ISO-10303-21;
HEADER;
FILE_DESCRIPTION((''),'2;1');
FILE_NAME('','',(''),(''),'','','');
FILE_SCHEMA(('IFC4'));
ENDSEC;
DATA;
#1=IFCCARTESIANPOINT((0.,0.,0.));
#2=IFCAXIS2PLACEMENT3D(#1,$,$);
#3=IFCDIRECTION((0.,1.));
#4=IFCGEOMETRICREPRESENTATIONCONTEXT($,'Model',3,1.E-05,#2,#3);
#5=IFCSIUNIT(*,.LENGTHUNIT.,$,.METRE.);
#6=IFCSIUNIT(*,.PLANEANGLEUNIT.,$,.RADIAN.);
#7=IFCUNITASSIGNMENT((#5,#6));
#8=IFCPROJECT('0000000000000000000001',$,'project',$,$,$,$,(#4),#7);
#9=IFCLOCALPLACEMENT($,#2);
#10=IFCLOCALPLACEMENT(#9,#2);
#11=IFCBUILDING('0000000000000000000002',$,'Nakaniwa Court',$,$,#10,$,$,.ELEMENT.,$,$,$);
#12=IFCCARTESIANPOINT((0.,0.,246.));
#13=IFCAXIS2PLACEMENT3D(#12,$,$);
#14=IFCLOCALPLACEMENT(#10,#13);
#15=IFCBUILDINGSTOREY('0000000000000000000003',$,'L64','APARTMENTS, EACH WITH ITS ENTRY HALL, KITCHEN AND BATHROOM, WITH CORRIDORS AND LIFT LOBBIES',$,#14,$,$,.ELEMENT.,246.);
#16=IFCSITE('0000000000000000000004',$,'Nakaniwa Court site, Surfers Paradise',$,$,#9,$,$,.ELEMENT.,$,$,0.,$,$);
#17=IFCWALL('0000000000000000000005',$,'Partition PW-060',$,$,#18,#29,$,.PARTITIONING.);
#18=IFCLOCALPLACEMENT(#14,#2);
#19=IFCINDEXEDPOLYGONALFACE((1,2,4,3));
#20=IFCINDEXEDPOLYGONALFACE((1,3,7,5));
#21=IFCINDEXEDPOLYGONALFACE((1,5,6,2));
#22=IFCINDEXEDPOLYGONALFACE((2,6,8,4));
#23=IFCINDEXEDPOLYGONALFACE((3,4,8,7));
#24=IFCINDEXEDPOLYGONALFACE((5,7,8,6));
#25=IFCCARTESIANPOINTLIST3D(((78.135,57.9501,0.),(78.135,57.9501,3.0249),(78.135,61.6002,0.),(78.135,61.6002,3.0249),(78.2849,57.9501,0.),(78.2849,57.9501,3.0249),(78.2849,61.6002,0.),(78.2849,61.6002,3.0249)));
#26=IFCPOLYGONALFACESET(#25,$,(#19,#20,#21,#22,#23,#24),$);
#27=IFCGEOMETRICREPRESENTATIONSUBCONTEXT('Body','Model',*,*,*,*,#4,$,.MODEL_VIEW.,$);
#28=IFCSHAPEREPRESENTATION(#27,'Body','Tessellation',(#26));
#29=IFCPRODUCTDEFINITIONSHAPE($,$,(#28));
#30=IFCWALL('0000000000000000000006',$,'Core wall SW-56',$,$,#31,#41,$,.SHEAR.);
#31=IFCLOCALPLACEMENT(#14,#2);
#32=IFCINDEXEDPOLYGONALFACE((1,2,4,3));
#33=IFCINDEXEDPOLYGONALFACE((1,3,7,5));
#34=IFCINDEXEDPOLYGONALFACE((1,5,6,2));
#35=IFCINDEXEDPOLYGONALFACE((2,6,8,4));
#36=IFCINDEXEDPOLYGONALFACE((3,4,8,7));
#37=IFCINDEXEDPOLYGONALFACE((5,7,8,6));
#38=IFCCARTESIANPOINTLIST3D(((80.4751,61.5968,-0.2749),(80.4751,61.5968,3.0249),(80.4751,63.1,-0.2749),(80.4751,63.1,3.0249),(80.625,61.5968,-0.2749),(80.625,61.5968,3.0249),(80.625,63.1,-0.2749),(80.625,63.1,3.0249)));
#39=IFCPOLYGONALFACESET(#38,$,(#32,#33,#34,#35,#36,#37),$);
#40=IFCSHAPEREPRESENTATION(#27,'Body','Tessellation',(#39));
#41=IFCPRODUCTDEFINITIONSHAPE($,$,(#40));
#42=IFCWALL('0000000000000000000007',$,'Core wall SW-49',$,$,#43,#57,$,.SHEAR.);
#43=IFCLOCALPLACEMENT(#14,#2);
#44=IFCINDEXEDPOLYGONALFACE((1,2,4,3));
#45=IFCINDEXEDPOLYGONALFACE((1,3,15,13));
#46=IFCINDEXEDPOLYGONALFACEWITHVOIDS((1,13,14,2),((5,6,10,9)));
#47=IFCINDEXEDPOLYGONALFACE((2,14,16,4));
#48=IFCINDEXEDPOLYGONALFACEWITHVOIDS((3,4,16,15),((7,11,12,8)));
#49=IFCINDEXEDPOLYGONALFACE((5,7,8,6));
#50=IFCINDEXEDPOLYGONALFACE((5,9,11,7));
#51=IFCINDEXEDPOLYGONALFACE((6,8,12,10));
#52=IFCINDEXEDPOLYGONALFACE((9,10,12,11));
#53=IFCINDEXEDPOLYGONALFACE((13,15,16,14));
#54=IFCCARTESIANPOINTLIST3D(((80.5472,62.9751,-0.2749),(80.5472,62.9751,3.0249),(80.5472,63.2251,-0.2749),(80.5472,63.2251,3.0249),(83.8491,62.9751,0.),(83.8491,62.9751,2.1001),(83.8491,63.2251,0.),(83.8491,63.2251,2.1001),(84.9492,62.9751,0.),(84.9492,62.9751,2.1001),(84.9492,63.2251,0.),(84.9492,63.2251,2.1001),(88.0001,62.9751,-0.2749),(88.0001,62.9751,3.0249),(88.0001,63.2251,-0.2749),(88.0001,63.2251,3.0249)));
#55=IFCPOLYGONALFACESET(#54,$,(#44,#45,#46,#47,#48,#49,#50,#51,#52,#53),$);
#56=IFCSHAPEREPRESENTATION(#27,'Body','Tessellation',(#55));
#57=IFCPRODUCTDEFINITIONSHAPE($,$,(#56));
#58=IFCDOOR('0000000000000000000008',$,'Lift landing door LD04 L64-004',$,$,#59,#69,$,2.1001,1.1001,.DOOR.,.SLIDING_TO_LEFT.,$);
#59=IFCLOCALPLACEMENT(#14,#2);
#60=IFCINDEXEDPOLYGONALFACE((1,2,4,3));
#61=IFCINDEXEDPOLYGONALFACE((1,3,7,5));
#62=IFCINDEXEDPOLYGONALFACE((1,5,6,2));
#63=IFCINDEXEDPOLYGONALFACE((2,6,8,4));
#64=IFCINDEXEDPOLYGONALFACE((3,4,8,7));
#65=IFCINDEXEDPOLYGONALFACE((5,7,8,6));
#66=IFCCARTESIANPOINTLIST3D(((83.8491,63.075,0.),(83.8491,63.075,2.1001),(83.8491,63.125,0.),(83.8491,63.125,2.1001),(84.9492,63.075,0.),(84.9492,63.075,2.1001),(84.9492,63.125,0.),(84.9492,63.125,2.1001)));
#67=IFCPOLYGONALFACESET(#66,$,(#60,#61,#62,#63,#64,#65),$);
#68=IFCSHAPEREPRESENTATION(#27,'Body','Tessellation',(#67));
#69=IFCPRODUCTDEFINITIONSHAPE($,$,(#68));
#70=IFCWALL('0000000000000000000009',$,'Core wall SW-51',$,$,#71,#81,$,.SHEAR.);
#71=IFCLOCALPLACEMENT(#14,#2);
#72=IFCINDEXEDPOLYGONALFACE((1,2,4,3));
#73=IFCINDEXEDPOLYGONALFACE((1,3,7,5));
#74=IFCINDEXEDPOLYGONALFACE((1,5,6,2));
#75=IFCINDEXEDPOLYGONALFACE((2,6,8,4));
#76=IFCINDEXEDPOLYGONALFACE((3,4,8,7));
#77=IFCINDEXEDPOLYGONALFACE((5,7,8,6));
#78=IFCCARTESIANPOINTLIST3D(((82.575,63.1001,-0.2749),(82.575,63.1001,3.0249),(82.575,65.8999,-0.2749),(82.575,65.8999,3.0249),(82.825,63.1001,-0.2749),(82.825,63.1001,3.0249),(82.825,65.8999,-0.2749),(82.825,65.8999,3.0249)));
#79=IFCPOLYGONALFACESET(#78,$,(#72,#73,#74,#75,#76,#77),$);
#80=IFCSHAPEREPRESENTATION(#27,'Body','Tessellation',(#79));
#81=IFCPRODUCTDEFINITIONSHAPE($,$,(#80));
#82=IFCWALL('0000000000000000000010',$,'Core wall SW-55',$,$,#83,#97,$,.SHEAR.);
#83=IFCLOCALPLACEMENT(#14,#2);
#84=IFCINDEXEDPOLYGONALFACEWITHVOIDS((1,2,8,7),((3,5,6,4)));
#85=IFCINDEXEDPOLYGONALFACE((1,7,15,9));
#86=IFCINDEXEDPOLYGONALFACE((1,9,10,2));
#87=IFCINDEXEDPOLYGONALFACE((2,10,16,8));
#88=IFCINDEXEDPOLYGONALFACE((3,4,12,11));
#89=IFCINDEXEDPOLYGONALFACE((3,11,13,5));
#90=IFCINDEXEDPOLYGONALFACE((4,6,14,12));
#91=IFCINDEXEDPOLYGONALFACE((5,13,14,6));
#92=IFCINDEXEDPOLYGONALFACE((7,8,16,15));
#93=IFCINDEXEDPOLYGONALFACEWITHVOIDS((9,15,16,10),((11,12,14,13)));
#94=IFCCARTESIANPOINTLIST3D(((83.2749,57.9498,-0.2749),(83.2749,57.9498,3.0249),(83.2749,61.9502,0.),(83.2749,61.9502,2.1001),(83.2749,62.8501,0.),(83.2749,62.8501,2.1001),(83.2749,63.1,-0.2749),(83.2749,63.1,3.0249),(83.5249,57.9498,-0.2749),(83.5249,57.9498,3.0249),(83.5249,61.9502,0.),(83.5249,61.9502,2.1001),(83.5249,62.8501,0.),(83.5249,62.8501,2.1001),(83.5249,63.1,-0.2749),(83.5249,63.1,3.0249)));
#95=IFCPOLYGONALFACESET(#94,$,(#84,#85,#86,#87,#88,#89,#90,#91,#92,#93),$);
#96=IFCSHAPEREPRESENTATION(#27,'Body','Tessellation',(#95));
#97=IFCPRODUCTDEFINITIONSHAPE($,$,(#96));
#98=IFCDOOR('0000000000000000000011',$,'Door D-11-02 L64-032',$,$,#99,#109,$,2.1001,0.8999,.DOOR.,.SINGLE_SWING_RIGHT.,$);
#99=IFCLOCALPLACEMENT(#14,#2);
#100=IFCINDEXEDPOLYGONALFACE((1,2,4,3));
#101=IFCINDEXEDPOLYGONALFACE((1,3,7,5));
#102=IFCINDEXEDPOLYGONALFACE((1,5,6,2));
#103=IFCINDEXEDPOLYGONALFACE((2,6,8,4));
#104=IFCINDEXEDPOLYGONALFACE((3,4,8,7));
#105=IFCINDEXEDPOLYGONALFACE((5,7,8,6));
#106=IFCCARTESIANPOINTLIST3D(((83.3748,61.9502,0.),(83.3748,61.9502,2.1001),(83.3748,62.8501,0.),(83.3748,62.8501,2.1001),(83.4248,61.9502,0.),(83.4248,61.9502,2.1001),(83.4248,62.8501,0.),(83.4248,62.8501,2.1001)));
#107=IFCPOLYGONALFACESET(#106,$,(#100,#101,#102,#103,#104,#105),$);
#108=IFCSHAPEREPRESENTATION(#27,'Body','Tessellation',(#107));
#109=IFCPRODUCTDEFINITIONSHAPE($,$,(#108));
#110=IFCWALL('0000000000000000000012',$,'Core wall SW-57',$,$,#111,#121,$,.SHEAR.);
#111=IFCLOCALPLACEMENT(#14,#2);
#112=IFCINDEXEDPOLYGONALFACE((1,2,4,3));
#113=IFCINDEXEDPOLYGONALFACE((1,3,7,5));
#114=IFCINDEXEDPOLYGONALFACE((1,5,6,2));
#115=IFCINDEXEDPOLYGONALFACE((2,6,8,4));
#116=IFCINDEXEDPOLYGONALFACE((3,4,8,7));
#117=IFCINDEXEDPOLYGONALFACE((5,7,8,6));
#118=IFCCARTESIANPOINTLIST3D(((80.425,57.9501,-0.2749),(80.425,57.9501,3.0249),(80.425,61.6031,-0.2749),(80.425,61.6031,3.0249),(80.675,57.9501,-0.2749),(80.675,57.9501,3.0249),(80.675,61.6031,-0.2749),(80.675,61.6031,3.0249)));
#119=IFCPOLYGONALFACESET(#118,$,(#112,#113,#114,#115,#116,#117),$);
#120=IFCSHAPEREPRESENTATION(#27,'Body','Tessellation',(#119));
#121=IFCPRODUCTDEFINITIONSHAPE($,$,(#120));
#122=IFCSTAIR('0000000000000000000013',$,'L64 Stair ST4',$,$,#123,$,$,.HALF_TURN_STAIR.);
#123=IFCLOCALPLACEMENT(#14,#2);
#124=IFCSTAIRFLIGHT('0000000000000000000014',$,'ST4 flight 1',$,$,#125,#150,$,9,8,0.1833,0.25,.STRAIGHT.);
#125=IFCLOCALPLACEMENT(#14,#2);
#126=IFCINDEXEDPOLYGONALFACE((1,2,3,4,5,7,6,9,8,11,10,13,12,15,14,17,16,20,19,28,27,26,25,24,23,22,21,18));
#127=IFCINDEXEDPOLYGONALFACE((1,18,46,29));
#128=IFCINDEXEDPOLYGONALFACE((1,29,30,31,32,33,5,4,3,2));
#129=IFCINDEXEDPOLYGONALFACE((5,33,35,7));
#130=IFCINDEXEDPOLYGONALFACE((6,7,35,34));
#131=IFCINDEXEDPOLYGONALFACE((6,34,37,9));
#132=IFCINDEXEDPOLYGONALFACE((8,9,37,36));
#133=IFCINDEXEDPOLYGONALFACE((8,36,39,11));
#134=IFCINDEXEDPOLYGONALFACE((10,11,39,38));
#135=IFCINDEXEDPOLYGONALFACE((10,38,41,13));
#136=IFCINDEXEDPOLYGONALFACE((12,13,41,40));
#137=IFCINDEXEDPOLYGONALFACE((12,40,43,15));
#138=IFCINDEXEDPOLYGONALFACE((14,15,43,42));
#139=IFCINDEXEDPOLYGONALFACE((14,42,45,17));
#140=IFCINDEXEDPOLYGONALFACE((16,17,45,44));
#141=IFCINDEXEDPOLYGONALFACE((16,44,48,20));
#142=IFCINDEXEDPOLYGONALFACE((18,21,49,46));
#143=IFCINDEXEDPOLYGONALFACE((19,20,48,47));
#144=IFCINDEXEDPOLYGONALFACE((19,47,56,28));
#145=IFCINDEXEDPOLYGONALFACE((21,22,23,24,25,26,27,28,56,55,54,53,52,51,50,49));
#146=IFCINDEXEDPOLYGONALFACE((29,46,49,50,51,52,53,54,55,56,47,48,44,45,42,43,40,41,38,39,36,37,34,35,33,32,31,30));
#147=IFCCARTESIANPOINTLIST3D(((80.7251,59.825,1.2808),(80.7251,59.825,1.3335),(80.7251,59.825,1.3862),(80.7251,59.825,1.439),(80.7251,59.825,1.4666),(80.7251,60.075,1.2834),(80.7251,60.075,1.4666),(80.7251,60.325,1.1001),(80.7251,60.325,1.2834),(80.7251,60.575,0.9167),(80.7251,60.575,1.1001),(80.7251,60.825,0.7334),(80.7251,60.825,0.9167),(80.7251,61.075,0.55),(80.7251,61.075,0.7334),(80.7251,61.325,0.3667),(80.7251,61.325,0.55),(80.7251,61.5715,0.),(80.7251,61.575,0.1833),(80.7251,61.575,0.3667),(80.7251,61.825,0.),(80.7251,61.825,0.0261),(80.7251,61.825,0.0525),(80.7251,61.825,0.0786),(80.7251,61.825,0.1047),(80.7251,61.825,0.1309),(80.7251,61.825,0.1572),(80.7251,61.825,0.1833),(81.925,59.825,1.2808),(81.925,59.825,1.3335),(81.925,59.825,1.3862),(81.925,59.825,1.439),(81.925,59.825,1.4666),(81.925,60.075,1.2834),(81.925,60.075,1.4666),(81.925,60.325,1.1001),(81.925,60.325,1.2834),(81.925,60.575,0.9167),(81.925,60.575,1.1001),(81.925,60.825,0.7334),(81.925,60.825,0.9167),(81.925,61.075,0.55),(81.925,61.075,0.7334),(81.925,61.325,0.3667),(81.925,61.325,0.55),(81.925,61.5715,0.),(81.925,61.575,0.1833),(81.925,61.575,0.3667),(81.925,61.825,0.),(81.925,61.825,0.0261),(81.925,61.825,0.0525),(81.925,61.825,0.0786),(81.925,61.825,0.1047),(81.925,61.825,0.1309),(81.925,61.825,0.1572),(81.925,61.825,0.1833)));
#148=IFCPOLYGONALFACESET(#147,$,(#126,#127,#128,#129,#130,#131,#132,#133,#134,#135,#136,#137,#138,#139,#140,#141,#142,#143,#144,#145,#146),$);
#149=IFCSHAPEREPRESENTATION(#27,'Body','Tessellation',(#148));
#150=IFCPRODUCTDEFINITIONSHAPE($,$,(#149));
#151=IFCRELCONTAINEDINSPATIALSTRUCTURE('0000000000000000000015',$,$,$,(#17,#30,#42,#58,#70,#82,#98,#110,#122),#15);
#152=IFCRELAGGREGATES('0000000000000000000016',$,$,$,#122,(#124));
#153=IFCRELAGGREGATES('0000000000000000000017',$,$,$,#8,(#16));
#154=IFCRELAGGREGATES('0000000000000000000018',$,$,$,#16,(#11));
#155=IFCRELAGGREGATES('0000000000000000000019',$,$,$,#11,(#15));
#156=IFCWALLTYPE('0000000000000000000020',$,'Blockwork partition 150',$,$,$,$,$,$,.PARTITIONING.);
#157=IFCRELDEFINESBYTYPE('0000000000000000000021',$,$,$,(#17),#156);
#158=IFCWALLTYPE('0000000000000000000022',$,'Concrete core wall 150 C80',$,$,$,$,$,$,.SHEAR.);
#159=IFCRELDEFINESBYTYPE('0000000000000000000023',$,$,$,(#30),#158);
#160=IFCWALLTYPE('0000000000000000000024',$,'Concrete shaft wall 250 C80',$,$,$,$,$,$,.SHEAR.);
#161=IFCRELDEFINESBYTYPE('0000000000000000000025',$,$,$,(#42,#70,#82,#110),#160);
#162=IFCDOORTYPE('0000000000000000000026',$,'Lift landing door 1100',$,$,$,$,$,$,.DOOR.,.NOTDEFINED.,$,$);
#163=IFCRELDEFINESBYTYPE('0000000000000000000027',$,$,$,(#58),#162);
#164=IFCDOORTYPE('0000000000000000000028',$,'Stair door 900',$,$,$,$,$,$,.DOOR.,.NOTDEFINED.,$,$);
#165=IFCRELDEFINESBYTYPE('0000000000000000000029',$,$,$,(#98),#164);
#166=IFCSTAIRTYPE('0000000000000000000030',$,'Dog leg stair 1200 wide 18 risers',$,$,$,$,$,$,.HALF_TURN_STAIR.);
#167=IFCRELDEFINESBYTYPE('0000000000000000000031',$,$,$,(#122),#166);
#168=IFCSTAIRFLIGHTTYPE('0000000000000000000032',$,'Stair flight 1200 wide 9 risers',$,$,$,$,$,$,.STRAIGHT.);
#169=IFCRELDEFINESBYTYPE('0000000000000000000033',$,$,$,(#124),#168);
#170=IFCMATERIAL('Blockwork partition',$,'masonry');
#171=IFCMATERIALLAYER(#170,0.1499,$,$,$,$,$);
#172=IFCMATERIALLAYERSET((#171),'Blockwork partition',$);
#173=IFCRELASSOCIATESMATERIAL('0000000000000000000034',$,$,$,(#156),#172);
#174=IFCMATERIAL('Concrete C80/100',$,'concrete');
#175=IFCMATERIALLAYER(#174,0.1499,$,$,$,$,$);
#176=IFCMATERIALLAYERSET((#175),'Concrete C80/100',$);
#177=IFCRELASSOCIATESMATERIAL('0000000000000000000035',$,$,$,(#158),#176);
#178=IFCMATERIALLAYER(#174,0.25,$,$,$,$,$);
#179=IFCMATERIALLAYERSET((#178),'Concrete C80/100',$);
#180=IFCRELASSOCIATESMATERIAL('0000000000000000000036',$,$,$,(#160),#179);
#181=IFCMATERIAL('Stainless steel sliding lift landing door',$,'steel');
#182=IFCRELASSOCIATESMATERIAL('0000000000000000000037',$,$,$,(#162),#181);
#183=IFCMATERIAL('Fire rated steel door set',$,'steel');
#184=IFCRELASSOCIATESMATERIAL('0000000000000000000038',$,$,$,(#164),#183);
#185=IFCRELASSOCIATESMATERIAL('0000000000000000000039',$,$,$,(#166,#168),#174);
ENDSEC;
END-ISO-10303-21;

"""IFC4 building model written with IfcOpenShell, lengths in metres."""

from ifc_helpers import new_model, si_unit, direction, frame, frame_2d, origin, place, context, subcontext, project, spatial, polyline, rectangle, outline, extrude, material, layer, layer_set, type_object, element, fill, aggregate, save


model = new_model("IFC4")

# Units and contexts
model_context = context("Model", 3, precision=1e-05, world=origin(), true_north=direction((0.0, 1.0)))
body_context = subcontext(model_context, "Body", "Model", "MODEL_VIEW")
ifc_project = project(units=[si_unit("LENGTHUNIT", "METRE"), si_unit("PLANEANGLEUNIT", "RADIAN")], contexts=[model_context])

# Site, building, storey
site_placement = place(None, origin())
site = spatial("IfcSite", under=ifc_project, at=site_placement, Name="Nakaniwa Court site, Surfers Paradise", CompositionType="ELEMENT", RefElevation=0.0)
building_placement = place(site_placement, origin())
building = spatial("IfcBuilding", under=site, at=building_placement, Name="Nakaniwa Court", CompositionType="ELEMENT")
storey_placement = place(building_placement, frame((0.0, 0.0, 246.0)))
storey = spatial("IfcBuildingStorey", under=building, at=storey_placement, Name="L64", Description="APARTMENTS, EACH WITH ITS ENTRY HALL, KITCHEN AND BATHROOM, WITH CORRIDORS AND LIFT LOBBIES", CompositionType="ELEMENT", Elevation=246.0)

# Shared definitions
ifc_material_1 = material(Name="Blockwork partition", Category="masonry")
ifc_layer_1 = layer(ifc_material_1, 0.1499)
ifc_layer_set_1 = layer_set([ifc_layer_1], Name="Blockwork partition")
wall_type_1 = type_object("IfcWallType", Name="Blockwork partition 150", PredefinedType="PARTITIONING", material=ifc_layer_set_1)

# Shared definitions
ifc_material_2 = material(Name="Fire rated steel door set", Category="steel")

# Walls
wall_1_placement = place(storey_placement, frame((78.21, 57.95, 0.0), z_axis=(0.0, 0.0, 1.0), x_axis=(0.0, 1.0, 0.0)))
element("IfcWall", 1, at=wall_1_placement, inside=storey, type_object=wall_type_1, Name="Partition PW-060", PredefinedType="PARTITIONING", context=body_context, shape_type="SweptSolid", body=[
    extrude(rectangle(XDim=3.6501, YDim=0.1499, at=frame_2d((1.8252, 0.0))), origin(), (0.0, 0.0, 1.0), 3.0249),
])
ifc_material_3 = material(Name="Concrete C80/100", Category="concrete")
ifc_layer_2 = layer(ifc_material_3, 0.1499)
ifc_layer_set_2 = layer_set([ifc_layer_2], Name="Concrete C80/100")
wall_type_2 = type_object("IfcWallType", Name="Concrete core wall 150 C80", PredefinedType="SHEAR", material=ifc_layer_set_2)
wall_2_placement = place(storey_placement, frame((80.55, 61.5969, -0.2749), z_axis=(0.0, 0.0, 1.0), x_axis=(0.0, 1.0, 0.0)))
element("IfcWall", 2, at=wall_2_placement, inside=storey, type_object=wall_type_2, Name="Core wall SW-56", PredefinedType="SHEAR", context=body_context, shape_type="SweptSolid", body=[
    extrude(rectangle(XDim=1.5032, YDim=0.1499, at=frame_2d((0.7515, 0.0))), origin(), (0.0, 0.0, 1.0), 3.2998),
])

# Wall, opening, door
ifc_layer_3 = layer(ifc_material_3, 0.25)
ifc_layer_set_3 = layer_set([ifc_layer_3], Name="Concrete C80/100")
wall_type_3 = type_object("IfcWallType", Name="Concrete shaft wall 250 C80", PredefinedType="SHEAR", material=ifc_layer_set_3)
wall_3_placement = place(storey_placement, frame((80.5471, 63.1001, -0.2749), z_axis=(0.0, 0.0, 1.0), x_axis=(1.0, 0.0, 0.0)))
wall_3 = element("IfcWall", 3, at=wall_3_placement, inside=storey, type_object=wall_type_3, Name="Core wall SW-49", PredefinedType="SHEAR", context=body_context, shape_type="SweptSolid", body=[
    extrude(rectangle(XDim=7.4529, YDim=0.25, at=frame_2d((3.7266, 0.0))), origin(), (0.0, 0.0, 1.0), 3.2998),
])
opening_1_placement = place(wall_3_placement, frame((3.302, 0.0, 0.2749)))
opening_1 = element("IfcOpeningElement", 4, at=opening_1_placement, cuts=wall_3, PredefinedType="OPENING", context=body_context, shape_type="SweptSolid", body=[
    extrude(rectangle(XDim=1.1001, YDim=2.1001, at=frame_2d((0.55, 1.05))), frame((0.0, 0.135, 0.0), z_axis=(0.0, -1.0, 0.0), x_axis=(1.0, 0.0, 0.0)), (0.0, 0.0, 1.0), 0.27),
])
ifc_material_4 = material(Name="Stainless steel sliding lift landing door", Category="steel")
door_type_1 = type_object("IfcDoorType", Name="Lift landing door 1100", OperationType="NOTDEFINED", PredefinedType="DOOR", material=ifc_material_4)
door_1_placement = place(opening_1_placement, origin())
door_1 = element("IfcDoor", 5, at=door_1_placement, inside=storey, type_object=door_type_1, Name="Lift landing door LD04 L64-004", OperationType="SLIDING_TO_LEFT", OverallHeight=2.1001, OverallWidth=1.1001, PredefinedType="DOOR", context=body_context, shape_type="SweptSolid", body=[
    extrude(rectangle(XDim=1.1001, YDim=2.1001, at=frame_2d((0.55, 1.05))), frame((0.0, 0.0249, 0.0), z_axis=(0.0, -1.0, 0.0), x_axis=(1.0, 0.0, 0.0)), (0.0, 0.0, 1.0), 0.05),
])
fill(opening_1, door_1)

# Wall
wall_4_placement = place(storey_placement, frame((82.7, 63.1001, -0.2749), z_axis=(0.0, 0.0, 1.0), x_axis=(0.0, 1.0, 0.0)))
element("IfcWall", 6, at=wall_4_placement, inside=storey, type_object=wall_type_3, Name="Core wall SW-51", PredefinedType="SHEAR", context=body_context, shape_type="SweptSolid", body=[
    extrude(rectangle(XDim=2.7998, YDim=0.25, at=frame_2d((1.3999, 0.0))), origin(), (0.0, 0.0, 1.0), 3.2998),
])

# Wall, opening, door
wall_5_placement = place(storey_placement, frame((83.3999, 63.1001, -0.2749), z_axis=(0.0, 0.0, 1.0), x_axis=(0.0, -1.0, 0.0)))
wall_5 = element("IfcWall", 7, at=wall_5_placement, inside=storey, type_object=wall_type_3, Name="Core wall SW-55", PredefinedType="SHEAR", context=body_context, shape_type="SweptSolid", body=[
    extrude(rectangle(XDim=5.1501, YDim=0.25, at=frame_2d((2.5752, 0.0))), origin(), (0.0, 0.0, 1.0), 3.2998),
])
opening_2_placement = place(wall_5_placement, frame((0.25, 0.0, 0.2749)))
opening_2 = element("IfcOpeningElement", 8, at=opening_2_placement, cuts=wall_5, PredefinedType="OPENING", context=body_context, shape_type="SweptSolid", body=[
    extrude(rectangle(XDim=0.8999, YDim=2.1001, at=frame_2d((0.45, 1.05))), frame((0.0, 0.135, 0.0), z_axis=(0.0, -1.0, 0.0), x_axis=(1.0, 0.0, 0.0)), (0.0, 0.0, 1.0), 0.27),
])
door_type_2 = type_object("IfcDoorType", Name="Stair door 900", OperationType="NOTDEFINED", PredefinedType="DOOR", material=ifc_material_2)
door_2_placement = place(opening_2_placement, origin())
door_2 = element("IfcDoor", 9, at=door_2_placement, inside=storey, type_object=door_type_2, Name="Door D-11-02 L64-032", OperationType="SINGLE_SWING_RIGHT", OverallHeight=2.1001, OverallWidth=0.8999, PredefinedType="DOOR", context=body_context, shape_type="SweptSolid", body=[
    extrude(rectangle(XDim=0.8999, YDim=2.1001, at=frame_2d((0.45, 1.05))), frame((0.0, 0.0249, 0.0), z_axis=(0.0, -1.0, 0.0), x_axis=(1.0, 0.0, 0.0)), (0.0, 0.0, 1.0), 0.05),
])
fill(opening_2, door_2)

# Wall
wall_6_placement = place(storey_placement, frame((80.55, 57.95, -0.2749), z_axis=(0.0, 0.0, 1.0), x_axis=(0.0, 1.0, 0.0)))
element("IfcWall", 10, at=wall_6_placement, inside=storey, type_object=wall_type_3, Name="Core wall SW-57", PredefinedType="SHEAR", context=body_context, shape_type="SweptSolid", body=[
    extrude(rectangle(XDim=3.6531, YDim=0.25, at=frame_2d((1.8267, 0.0))), origin(), (0.0, 0.0, 1.0), 3.2998),
])

# Stair, stair flight
stair_type = type_object("IfcStairType", Name="Dog leg stair 1200 wide 18 risers", PredefinedType="HALF_TURN_STAIR", material=ifc_material_3)
stair_placement = place(storey_placement, origin())
stair = element("IfcStair", 11, at=stair_placement, inside=storey, type_object=stair_type, Name="L64 Stair ST4", PredefinedType="HALF_TURN_STAIR")
stair_flight_type = type_object("IfcStairFlightType", Name="Stair flight 1200 wide 9 risers", PredefinedType="STRAIGHT", material=ifc_material_3)
stair_flight_1_placement = place(storey_placement, frame((81.325, 61.825, 0.0), z_axis=(0.0, 0.0, 1.0), x_axis=(0.0, -1.0, 0.0)))
stair_flight_1 = element("IfcStairFlight", 12, at=stair_flight_1_placement, type_object=stair_flight_type, Name="ST4 flight 1", NumberOfRisers=9, NumberOfTreads=8, PredefinedType="STRAIGHT", RiserHeight=0.1833, TreadLength=0.25, context=body_context, shape_type="SweptSolid", body=[
    extrude(outline(polyline([(0.0, 0.0), (0.0, 0.0261), (0.0, 0.0525), (0.0, 0.0786), (0.0, 0.1047), (0.0, 0.1309), (0.0, 0.1572), (0.0, 0.1833), (0.25, 0.1833), (0.25, 0.3667), (0.5, 0.3667), (0.5, 0.55), (0.75, 0.55), (0.75, 0.7334), (1.0, 0.7334), (1.0, 0.9167), (1.25, 0.9167), (1.25, 1.1001), (1.5, 1.1001), (1.5, 1.2834), (1.75, 1.2834), (1.75, 1.4666), (2.0, 1.4666), (2.0, 1.6499), (2.0, 1.5972), (2.0, 1.5444), (2.0, 1.4917), (2.0, 1.439), (2.0, 1.3862), (2.0, 1.3335), (2.0, 1.2808), (0.2534, 0.0), (0.0, 0.0)])), frame((0.0, 0.6001, 0.0), z_axis=(0.0, -1.0, 0.0), x_axis=(1.0, 0.0, 0.0)), (0.0, 0.0, 1.0), 1.2),
])
aggregate(stair, [stair_flight_1])

save(model, "model.ifc")
